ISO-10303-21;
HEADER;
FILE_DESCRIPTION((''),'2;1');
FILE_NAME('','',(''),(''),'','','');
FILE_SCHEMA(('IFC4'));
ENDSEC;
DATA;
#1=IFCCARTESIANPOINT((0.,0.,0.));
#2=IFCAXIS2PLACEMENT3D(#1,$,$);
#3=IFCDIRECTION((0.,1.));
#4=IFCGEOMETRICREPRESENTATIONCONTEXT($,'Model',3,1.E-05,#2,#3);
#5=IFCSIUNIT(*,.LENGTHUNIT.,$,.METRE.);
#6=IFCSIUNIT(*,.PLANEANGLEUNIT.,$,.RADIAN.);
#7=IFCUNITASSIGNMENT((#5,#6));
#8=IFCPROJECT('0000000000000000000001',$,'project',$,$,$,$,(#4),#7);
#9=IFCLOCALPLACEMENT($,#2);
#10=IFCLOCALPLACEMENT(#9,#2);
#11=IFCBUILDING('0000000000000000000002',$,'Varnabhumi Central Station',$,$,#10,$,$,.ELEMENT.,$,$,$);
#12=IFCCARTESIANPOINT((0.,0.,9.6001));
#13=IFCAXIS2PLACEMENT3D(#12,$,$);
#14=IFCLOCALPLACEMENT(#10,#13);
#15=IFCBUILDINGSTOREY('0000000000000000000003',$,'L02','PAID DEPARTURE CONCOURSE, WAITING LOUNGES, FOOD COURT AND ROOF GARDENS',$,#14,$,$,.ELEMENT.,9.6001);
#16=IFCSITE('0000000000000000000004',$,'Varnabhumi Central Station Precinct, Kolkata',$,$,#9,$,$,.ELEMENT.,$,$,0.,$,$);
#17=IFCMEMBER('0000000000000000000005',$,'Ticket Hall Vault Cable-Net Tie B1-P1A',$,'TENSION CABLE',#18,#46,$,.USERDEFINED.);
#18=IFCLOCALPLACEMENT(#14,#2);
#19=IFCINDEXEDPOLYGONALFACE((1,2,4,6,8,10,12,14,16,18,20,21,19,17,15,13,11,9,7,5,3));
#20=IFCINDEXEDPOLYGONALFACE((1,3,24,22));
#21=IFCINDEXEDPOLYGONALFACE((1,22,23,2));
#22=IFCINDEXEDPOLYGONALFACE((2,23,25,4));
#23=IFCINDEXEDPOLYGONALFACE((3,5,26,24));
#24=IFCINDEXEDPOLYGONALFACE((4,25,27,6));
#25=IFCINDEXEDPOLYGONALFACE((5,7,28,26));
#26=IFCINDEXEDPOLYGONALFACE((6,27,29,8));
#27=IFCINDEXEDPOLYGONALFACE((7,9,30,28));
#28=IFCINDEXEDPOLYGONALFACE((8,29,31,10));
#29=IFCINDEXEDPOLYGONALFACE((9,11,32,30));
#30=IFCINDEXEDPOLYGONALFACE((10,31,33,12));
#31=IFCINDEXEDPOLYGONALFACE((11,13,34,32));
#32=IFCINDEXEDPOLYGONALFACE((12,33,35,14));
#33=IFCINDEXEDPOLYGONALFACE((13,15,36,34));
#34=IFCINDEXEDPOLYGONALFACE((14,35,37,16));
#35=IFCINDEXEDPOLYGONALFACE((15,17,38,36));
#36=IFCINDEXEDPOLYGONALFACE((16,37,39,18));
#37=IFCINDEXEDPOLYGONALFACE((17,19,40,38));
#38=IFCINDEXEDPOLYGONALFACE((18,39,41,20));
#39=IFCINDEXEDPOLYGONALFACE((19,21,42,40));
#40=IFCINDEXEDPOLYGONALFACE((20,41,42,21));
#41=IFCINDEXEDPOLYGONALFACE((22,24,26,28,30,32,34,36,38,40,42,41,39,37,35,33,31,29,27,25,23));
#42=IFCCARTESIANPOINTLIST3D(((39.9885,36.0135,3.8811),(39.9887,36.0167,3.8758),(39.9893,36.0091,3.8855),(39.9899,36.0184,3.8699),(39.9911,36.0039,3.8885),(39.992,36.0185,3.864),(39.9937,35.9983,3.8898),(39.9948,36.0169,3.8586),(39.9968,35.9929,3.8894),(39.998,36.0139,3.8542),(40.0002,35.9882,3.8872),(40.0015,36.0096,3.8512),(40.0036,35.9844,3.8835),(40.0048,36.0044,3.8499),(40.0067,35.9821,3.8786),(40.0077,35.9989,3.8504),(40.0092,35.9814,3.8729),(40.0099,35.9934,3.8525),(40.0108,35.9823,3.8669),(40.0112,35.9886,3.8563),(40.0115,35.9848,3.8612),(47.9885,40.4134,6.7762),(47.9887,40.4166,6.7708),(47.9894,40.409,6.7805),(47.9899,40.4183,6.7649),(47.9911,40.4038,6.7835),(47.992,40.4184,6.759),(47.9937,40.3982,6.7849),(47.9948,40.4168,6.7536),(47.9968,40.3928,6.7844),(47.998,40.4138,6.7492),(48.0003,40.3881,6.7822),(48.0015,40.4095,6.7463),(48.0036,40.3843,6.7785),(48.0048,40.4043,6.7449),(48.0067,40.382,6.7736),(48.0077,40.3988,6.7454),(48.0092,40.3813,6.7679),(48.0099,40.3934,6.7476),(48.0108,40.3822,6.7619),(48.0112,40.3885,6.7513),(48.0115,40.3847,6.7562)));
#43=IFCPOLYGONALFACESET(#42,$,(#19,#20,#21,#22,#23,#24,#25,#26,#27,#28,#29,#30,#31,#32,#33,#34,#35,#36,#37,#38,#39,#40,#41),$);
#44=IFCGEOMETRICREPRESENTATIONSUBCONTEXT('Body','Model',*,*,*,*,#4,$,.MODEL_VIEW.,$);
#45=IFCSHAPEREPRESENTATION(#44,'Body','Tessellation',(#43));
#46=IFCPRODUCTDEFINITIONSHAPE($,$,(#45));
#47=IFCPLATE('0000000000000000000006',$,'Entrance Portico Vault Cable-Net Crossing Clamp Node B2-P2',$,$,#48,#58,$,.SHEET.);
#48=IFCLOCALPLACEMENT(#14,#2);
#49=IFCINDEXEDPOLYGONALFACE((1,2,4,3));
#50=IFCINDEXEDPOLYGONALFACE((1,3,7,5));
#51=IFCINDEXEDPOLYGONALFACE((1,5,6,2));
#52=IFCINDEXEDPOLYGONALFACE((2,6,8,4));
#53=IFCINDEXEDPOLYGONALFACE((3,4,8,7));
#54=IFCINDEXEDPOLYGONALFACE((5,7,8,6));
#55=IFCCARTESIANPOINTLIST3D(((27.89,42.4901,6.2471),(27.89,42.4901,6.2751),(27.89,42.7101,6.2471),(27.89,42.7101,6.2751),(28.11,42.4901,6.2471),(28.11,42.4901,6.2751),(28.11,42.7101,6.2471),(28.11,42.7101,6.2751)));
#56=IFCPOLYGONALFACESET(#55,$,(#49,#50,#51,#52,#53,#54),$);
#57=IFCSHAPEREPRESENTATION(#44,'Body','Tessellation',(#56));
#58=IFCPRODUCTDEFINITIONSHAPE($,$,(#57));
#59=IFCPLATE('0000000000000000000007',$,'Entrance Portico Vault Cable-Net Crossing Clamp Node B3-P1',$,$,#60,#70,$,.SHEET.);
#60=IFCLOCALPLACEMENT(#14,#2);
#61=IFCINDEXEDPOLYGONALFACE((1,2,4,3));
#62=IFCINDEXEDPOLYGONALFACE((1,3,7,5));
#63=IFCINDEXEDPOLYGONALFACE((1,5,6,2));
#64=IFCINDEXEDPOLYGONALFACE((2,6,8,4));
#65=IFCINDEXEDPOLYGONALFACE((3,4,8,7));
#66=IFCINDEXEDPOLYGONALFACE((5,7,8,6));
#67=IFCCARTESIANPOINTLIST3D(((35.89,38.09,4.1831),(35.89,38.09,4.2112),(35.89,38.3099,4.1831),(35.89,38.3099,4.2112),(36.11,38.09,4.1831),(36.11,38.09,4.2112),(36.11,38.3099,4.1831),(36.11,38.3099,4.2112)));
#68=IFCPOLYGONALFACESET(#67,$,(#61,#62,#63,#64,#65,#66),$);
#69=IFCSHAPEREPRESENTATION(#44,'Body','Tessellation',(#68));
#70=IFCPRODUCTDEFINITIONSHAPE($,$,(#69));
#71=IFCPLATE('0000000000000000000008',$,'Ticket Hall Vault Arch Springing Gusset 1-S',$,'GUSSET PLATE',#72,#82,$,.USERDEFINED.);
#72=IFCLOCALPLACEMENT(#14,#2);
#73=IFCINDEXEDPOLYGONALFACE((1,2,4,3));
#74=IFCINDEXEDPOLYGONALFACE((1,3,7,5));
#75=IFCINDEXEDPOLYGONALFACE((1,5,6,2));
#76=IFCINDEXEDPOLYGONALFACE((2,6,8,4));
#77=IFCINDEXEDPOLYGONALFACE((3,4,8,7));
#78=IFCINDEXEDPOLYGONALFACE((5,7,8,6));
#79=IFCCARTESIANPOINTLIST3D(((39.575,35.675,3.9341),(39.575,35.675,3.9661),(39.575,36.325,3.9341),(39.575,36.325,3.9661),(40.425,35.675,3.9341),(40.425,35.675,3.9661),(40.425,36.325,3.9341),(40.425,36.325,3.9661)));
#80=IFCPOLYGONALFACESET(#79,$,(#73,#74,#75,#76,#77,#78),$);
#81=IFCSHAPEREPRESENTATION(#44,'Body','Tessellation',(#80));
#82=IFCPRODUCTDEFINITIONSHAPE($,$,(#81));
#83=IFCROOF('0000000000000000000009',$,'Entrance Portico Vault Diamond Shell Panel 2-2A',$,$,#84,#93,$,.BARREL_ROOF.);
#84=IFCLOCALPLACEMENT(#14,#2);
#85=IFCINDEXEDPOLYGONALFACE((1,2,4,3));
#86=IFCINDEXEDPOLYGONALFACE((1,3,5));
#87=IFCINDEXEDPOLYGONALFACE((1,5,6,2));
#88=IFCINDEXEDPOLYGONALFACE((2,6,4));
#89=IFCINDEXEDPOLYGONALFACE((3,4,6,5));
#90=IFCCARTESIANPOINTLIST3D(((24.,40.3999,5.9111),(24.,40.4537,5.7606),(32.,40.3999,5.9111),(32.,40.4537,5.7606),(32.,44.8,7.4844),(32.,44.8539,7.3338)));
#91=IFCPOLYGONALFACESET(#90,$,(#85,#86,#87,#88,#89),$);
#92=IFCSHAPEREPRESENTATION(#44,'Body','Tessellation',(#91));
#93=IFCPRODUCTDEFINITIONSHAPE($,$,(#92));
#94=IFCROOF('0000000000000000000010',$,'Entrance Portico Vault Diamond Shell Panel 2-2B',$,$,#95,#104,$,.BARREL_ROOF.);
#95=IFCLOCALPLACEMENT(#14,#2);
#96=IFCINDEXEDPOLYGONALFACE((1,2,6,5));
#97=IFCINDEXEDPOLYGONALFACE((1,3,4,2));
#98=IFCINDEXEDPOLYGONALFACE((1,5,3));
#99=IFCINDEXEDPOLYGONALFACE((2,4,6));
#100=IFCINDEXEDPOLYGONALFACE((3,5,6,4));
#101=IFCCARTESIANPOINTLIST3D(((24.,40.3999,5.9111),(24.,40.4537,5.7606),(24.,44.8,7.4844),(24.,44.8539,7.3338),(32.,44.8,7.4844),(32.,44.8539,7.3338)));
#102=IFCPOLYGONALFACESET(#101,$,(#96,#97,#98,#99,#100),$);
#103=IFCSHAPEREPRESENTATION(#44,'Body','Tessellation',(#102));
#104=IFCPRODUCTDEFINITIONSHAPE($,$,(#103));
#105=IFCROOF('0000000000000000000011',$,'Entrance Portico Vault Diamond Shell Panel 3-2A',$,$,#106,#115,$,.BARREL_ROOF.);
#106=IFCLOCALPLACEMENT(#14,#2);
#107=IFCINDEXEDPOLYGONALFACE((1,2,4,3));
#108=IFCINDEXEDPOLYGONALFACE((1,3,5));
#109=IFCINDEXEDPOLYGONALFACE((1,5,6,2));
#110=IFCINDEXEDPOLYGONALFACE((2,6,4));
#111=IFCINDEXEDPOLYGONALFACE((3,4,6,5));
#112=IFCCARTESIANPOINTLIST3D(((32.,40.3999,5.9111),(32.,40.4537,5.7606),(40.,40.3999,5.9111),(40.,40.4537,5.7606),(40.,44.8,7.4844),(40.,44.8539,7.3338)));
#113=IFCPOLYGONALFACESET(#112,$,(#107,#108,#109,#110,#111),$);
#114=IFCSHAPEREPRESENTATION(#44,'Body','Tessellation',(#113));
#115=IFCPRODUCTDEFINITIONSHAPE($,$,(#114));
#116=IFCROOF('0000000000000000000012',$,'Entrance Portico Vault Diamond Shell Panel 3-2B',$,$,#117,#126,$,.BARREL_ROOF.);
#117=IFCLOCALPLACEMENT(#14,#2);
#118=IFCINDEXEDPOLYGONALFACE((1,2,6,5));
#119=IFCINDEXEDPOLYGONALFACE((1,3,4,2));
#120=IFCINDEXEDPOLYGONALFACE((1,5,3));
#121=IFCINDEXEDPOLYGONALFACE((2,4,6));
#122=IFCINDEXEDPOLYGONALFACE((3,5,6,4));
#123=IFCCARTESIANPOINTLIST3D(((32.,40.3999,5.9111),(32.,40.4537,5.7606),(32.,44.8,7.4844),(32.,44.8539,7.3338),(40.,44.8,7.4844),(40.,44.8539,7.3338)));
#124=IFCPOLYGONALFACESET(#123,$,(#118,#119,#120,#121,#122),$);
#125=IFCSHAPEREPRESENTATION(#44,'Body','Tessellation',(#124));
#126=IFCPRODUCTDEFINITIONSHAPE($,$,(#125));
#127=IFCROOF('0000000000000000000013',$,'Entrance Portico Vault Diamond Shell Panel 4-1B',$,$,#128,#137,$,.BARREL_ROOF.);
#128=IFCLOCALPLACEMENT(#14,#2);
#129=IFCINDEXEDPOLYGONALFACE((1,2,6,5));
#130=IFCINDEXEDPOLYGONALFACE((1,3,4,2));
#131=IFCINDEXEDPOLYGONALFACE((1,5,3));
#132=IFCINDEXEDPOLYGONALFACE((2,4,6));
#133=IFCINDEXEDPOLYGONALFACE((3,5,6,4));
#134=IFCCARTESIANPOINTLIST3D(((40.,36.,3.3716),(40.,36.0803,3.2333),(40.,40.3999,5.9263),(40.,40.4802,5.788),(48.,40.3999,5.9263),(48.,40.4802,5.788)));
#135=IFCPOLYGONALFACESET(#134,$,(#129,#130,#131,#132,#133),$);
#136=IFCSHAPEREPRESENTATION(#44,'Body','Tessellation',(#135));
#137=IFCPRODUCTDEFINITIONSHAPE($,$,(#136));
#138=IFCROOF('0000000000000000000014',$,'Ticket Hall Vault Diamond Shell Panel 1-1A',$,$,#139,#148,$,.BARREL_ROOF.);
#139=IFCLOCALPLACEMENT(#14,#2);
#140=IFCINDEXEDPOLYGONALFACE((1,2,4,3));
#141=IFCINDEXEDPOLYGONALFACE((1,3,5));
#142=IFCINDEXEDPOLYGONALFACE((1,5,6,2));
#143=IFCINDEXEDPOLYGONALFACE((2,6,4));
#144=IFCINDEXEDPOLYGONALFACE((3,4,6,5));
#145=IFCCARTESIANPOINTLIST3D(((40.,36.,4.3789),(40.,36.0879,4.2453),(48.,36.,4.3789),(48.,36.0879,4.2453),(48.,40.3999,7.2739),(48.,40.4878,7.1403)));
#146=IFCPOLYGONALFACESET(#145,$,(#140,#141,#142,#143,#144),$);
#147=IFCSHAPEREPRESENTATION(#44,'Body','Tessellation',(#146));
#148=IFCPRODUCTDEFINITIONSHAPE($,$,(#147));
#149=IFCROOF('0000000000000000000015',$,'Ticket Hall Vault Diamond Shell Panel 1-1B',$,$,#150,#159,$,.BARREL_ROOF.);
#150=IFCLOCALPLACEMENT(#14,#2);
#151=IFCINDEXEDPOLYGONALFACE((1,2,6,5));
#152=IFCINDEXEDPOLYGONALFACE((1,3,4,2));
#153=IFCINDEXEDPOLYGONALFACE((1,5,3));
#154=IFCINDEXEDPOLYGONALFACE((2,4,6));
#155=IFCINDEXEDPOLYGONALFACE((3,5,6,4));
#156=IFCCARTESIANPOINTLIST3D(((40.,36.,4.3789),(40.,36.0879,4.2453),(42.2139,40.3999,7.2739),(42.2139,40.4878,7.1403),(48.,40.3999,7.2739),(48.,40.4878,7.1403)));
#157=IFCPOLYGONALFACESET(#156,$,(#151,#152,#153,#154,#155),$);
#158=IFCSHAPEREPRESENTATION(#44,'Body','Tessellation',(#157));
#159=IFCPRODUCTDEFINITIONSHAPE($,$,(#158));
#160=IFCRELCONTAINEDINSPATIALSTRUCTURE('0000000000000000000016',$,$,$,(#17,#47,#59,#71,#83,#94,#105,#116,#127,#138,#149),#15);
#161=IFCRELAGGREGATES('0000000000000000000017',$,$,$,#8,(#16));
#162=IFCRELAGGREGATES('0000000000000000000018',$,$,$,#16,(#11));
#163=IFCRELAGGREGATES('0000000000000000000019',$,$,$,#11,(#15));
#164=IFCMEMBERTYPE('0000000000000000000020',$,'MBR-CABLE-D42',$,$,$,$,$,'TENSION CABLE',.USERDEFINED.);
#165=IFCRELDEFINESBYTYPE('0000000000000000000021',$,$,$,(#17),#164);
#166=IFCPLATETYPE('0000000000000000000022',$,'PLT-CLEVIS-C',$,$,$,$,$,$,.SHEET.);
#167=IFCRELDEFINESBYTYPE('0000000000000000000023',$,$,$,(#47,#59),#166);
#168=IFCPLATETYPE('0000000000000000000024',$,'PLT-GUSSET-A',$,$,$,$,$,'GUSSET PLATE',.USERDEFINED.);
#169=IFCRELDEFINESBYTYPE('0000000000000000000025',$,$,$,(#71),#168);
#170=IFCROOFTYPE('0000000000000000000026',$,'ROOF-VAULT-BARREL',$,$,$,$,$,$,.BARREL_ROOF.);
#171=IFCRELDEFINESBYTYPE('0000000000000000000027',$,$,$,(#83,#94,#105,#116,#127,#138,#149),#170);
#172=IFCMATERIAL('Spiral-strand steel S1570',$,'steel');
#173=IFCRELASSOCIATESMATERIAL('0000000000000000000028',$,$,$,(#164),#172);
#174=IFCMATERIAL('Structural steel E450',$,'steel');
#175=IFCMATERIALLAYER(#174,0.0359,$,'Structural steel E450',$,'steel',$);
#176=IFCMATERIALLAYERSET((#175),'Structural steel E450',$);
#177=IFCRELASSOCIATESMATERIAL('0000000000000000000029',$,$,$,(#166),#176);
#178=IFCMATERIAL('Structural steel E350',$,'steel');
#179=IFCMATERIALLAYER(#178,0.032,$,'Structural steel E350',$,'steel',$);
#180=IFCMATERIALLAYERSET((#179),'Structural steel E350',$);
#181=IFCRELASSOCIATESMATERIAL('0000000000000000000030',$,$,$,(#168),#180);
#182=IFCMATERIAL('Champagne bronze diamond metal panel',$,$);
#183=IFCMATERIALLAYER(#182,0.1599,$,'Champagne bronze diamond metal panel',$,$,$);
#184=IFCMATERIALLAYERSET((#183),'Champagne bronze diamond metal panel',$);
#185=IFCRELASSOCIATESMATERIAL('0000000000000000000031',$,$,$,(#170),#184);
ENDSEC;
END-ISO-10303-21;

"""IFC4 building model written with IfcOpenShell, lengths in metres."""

from ifc_helpers import new_model, si_unit, direction, frame, origin, origin_2d, place, context, subcontext, project, spatial, polyline, rectangle, circle, outline, extrude, material, layer, layer_set, material_profile, profile_set, type_object, element, save


model = new_model("IFC4")

# Units and contexts
model_context = context("Model", 3, precision=1e-05, world=origin(), true_north=direction((0.0, 1.0)))
body_context = subcontext(model_context, "Body", "Model", "MODEL_VIEW")
ifc_project = project(units=[si_unit("LENGTHUNIT", "METRE"), si_unit("PLANEANGLEUNIT", "RADIAN")], contexts=[model_context])

# Site, building, storey
site_placement = place(None, origin())
site = spatial("IfcSite", under=ifc_project, at=site_placement, Name="Varnabhumi Central Station Precinct, Kolkata", CompositionType="ELEMENT", RefElevation=0.0)
building_placement = place(site_placement, origin())
building = spatial("IfcBuilding", under=site, at=building_placement, Name="Varnabhumi Central Station", CompositionType="ELEMENT")
storey_placement = place(building_placement, frame((0.0, 0.0, 9.6001)))
storey = spatial("IfcBuildingStorey", under=building, at=storey_placement, Name="L02", Description="PAID DEPARTURE CONCOURSE, WAITING LOUNGES, FOOD COURT AND ROOF GARDENS", CompositionType="ELEMENT", Elevation=9.6001)

# Shared definitions
ifc_material_1 = material(Name="Structural steel E350", Category="steel")
ifc_material_2 = material(Name="Structural steel E450", Category="steel")

# Member
ifc_material_3 = material(Name="Spiral-strand steel S1570", Category="steel")
ifc_material_profile_1 = material_profile(ifc_material_3, circle(Radius=0.021, at=origin_2d()), Name="Spiral-strand steel S1570", Category="steel")
ifc_profile_set_1 = profile_set([ifc_material_profile_1], Name="Spiral-strand steel S1570")
member_type_1 = type_object("IfcMemberType", Name="MBR-CABLE-D42", ElementType="TENSION CABLE", PredefinedType="USERDEFINED", material=ifc_profile_set_1)
member_1_placement = place(storey_placement, frame((40.0, 36.0, 3.8699), z_axis=(0.835237, 0.45937, 0.302254), x_axis=(-0.481911, 0.87622, 0.0)))
element("IfcMember", 1, at=member_1_placement, inside=storey, type_object=member_type_1, Name="Ticket Hall Vault Cable-Net Tie B1-P1A", ObjectType="TENSION CABLE", PredefinedType="USERDEFINED", context=body_context, shape_type="SweptSolid", body=[
    extrude(circle(Radius=0.021, at=origin_2d()), origin(), (0.0, 0.0, 1.0), 9.5781),
])

# Plates
ifc_layer_1 = layer(ifc_material_2, 0.0359, Name="Structural steel E450", Category="steel")
ifc_layer_set_1 = layer_set([ifc_layer_1], Name="Structural steel E450")
plate_type_1 = type_object("IfcPlateType", Name="PLT-CLEVIS-C", PredefinedType="SHEET", material=ifc_layer_set_1)
for number, where, z_axis, x_axis, name in (
    (2, (28.0, 42.6001, 6.2471), (0.0, 0.0, 1.0), (1.0, 0.0, 0.0), "Entrance Portico Vault Cable-Net Crossing Clamp Node B2-P2"),
    (3, (36.0, 38.2, 4.1831), (0.0, 0.0, 1.0), (1.0, 0.0, 0.0), "Entrance Portico Vault Cable-Net Crossing Clamp Node B3-P1"),
):
    element("IfcPlate", number, at=place(storey_placement, frame(where, z_axis=z_axis, x_axis=x_axis)), inside=storey, type_object=plate_type_1, Name=name, PredefinedType="SHEET", context=body_context, shape_type="SweptSolid", body=[
        extrude(rectangle(XDim=0.22, YDim=0.22, at=origin_2d()), origin(), (0.0, 0.0, 1.0), 0.0281),
    ])
ifc_layer_2 = layer(ifc_material_1, 0.032, Name="Structural steel E350", Category="steel")
ifc_layer_set_2 = layer_set([ifc_layer_2], Name="Structural steel E350")
plate_type_2 = type_object("IfcPlateType", Name="PLT-GUSSET-A", ElementType="GUSSET PLATE", PredefinedType="USERDEFINED", material=ifc_layer_set_2)
plate_placement = place(storey_placement, frame((40.0, 36.0, 3.9341), z_axis=(0.0, 0.0, 1.0), x_axis=(1.0, 0.0, 0.0)))
element("IfcPlate", 4, at=plate_placement, inside=storey, type_object=plate_type_2, Name="Ticket Hall Vault Arch Springing Gusset 1-S", ObjectType="GUSSET PLATE", PredefinedType="USERDEFINED", context=body_context, shape_type="SweptSolid", body=[
    extrude(rectangle(XDim=0.8501, YDim=0.6499, at=origin_2d()), origin(), (0.0, 0.0, 1.0), 0.032),
])

# Roofs
ifc_material_4 = material(Name="Champagne bronze diamond metal panel")
ifc_layer_3 = layer(ifc_material_4, 0.1599, Name="Champagne bronze diamond metal panel")
ifc_layer_set_3 = layer_set([ifc_layer_3], Name="Champagne bronze diamond metal panel")
roof_type = type_object("IfcRoofType", Name="ROOF-VAULT-BARREL", PredefinedType="BARREL_ROOF", material=ifc_layer_set_3)
roof_1_placement = place(storey_placement, frame((24.0, 40.3999, 5.9111), z_axis=(0.0, -0.336671, 0.941622), x_axis=(1.0, 0.0, 0.0)))
element("IfcRoof", 5, at=roof_1_placement, inside=storey, type_object=roof_type, Name="Entrance Portico Vault Diamond Shell Panel 2-2A", PredefinedType="BARREL_ROOF", context=body_context, shape_type="SweptSolid", body=[
    extrude(outline(polyline([(0.0, 0.0), (8.0, 0.0), (8.0, 4.6729), (0.0, 0.0)])), origin(), (0.0, 0.0, -1.0), 0.1599),
])
roof_2_placement = place(storey_placement, frame((24.0, 40.3999, 5.9111), z_axis=(0.0, -0.336671, 0.941622), x_axis=(0.863484, 0.474932, 0.169809)))
element("IfcRoof", 6, at=roof_2_placement, inside=storey, type_object=roof_type, Name="Entrance Portico Vault Diamond Shell Panel 2-2B", PredefinedType="BARREL_ROOF", context=body_context, shape_type="SweptSolid", body=[
    extrude(outline(polyline([(0.0, 0.0), (9.2648, 0.0), (2.3569, 4.035), (0.0, 0.0)])), origin(), (0.0, 0.0, -1.0), 0.1599),
])
roof_3_placement = place(storey_placement, frame((32.0, 40.3999, 5.9111), z_axis=(0.0, -0.336671, 0.941622), x_axis=(1.0, 0.0, 0.0)))
element("IfcRoof", 7, at=roof_3_placement, inside=storey, type_object=roof_type, Name="Entrance Portico Vault Diamond Shell Panel 3-2A", PredefinedType="BARREL_ROOF", context=body_context, shape_type="SweptSolid", body=[
    extrude(outline(polyline([(0.0, 0.0), (8.0, 0.0), (8.0, 4.6729), (0.0, 0.0)])), origin(), (0.0, 0.0, -1.0), 0.1599),
])
roof_4_placement = place(storey_placement, frame((32.0, 40.3999, 5.9111), z_axis=(0.0, -0.336671, 0.941622), x_axis=(0.863484, 0.474932, 0.169809)))
element("IfcRoof", 8, at=roof_4_placement, inside=storey, type_object=roof_type, Name="Entrance Portico Vault Diamond Shell Panel 3-2B", PredefinedType="BARREL_ROOF", context=body_context, shape_type="SweptSolid", body=[
    extrude(outline(polyline([(0.0, 0.0), (9.2648, 0.0), (2.3569, 4.035), (0.0, 0.0)])), origin(), (0.0, 0.0, -1.0), 0.1599),
])
roof_5_placement = place(storey_placement, frame((40.0, 36.0, 3.3716), z_axis=(0.0, -0.502122, 0.864797), x_axis=(0.843811, 0.464086, 0.269459)))
element("IfcRoof", 9, at=roof_5_placement, inside=storey, type_object=roof_type, Name="Entrance Portico Vault Diamond Shell Panel 4-1B", PredefinedType="BARREL_ROOF", context=body_context, shape_type="SweptSolid", body=[
    extrude(outline(polyline([(0.0, 0.0), (9.4808, 0.0), (2.7303, 4.2931), (0.0, 0.0)])), origin(), (0.0, 0.0, -1.0), 0.1599),
])
roof_6_placement = place(storey_placement, frame((40.0, 36.0, 4.3789), z_axis=(0.0, -0.549662, 0.835387), x_axis=(1.0, 0.0, 0.0)))
element("IfcRoof", 10, at=roof_6_placement, inside=storey, type_object=roof_type, Name="Ticket Hall Vault Diamond Shell Panel 1-1A", PredefinedType="BARREL_ROOF", context=body_context, shape_type="SweptSolid", body=[
    extrude(outline(polyline([(0.0, 0.0), (8.0, 0.0), (8.0, 5.2669), (0.0, 0.0)])), origin(), (0.0, 0.0, -1.0), 0.1599),
])
roof_7_placement = place(storey_placement, frame((40.0, 36.0, 4.3789), z_axis=(0.0, -0.549662, 0.835387), x_axis=(0.835237, 0.45937, 0.302254)))
element("IfcRoof", 11, at=roof_7_placement, inside=storey, type_object=roof_type, Name="Ticket Hall Vault Diamond Shell Panel 1-1B", PredefinedType="BARREL_ROOF", context=body_context, shape_type="SweptSolid", body=[
    extrude(outline(polyline([(0.0, 0.0), (9.5781, 0.0), (4.7453, 3.1817), (0.0, 0.0)])), origin(), (0.0, 0.0, -1.0), 0.1599),
])

save(model, "model.ifc")
